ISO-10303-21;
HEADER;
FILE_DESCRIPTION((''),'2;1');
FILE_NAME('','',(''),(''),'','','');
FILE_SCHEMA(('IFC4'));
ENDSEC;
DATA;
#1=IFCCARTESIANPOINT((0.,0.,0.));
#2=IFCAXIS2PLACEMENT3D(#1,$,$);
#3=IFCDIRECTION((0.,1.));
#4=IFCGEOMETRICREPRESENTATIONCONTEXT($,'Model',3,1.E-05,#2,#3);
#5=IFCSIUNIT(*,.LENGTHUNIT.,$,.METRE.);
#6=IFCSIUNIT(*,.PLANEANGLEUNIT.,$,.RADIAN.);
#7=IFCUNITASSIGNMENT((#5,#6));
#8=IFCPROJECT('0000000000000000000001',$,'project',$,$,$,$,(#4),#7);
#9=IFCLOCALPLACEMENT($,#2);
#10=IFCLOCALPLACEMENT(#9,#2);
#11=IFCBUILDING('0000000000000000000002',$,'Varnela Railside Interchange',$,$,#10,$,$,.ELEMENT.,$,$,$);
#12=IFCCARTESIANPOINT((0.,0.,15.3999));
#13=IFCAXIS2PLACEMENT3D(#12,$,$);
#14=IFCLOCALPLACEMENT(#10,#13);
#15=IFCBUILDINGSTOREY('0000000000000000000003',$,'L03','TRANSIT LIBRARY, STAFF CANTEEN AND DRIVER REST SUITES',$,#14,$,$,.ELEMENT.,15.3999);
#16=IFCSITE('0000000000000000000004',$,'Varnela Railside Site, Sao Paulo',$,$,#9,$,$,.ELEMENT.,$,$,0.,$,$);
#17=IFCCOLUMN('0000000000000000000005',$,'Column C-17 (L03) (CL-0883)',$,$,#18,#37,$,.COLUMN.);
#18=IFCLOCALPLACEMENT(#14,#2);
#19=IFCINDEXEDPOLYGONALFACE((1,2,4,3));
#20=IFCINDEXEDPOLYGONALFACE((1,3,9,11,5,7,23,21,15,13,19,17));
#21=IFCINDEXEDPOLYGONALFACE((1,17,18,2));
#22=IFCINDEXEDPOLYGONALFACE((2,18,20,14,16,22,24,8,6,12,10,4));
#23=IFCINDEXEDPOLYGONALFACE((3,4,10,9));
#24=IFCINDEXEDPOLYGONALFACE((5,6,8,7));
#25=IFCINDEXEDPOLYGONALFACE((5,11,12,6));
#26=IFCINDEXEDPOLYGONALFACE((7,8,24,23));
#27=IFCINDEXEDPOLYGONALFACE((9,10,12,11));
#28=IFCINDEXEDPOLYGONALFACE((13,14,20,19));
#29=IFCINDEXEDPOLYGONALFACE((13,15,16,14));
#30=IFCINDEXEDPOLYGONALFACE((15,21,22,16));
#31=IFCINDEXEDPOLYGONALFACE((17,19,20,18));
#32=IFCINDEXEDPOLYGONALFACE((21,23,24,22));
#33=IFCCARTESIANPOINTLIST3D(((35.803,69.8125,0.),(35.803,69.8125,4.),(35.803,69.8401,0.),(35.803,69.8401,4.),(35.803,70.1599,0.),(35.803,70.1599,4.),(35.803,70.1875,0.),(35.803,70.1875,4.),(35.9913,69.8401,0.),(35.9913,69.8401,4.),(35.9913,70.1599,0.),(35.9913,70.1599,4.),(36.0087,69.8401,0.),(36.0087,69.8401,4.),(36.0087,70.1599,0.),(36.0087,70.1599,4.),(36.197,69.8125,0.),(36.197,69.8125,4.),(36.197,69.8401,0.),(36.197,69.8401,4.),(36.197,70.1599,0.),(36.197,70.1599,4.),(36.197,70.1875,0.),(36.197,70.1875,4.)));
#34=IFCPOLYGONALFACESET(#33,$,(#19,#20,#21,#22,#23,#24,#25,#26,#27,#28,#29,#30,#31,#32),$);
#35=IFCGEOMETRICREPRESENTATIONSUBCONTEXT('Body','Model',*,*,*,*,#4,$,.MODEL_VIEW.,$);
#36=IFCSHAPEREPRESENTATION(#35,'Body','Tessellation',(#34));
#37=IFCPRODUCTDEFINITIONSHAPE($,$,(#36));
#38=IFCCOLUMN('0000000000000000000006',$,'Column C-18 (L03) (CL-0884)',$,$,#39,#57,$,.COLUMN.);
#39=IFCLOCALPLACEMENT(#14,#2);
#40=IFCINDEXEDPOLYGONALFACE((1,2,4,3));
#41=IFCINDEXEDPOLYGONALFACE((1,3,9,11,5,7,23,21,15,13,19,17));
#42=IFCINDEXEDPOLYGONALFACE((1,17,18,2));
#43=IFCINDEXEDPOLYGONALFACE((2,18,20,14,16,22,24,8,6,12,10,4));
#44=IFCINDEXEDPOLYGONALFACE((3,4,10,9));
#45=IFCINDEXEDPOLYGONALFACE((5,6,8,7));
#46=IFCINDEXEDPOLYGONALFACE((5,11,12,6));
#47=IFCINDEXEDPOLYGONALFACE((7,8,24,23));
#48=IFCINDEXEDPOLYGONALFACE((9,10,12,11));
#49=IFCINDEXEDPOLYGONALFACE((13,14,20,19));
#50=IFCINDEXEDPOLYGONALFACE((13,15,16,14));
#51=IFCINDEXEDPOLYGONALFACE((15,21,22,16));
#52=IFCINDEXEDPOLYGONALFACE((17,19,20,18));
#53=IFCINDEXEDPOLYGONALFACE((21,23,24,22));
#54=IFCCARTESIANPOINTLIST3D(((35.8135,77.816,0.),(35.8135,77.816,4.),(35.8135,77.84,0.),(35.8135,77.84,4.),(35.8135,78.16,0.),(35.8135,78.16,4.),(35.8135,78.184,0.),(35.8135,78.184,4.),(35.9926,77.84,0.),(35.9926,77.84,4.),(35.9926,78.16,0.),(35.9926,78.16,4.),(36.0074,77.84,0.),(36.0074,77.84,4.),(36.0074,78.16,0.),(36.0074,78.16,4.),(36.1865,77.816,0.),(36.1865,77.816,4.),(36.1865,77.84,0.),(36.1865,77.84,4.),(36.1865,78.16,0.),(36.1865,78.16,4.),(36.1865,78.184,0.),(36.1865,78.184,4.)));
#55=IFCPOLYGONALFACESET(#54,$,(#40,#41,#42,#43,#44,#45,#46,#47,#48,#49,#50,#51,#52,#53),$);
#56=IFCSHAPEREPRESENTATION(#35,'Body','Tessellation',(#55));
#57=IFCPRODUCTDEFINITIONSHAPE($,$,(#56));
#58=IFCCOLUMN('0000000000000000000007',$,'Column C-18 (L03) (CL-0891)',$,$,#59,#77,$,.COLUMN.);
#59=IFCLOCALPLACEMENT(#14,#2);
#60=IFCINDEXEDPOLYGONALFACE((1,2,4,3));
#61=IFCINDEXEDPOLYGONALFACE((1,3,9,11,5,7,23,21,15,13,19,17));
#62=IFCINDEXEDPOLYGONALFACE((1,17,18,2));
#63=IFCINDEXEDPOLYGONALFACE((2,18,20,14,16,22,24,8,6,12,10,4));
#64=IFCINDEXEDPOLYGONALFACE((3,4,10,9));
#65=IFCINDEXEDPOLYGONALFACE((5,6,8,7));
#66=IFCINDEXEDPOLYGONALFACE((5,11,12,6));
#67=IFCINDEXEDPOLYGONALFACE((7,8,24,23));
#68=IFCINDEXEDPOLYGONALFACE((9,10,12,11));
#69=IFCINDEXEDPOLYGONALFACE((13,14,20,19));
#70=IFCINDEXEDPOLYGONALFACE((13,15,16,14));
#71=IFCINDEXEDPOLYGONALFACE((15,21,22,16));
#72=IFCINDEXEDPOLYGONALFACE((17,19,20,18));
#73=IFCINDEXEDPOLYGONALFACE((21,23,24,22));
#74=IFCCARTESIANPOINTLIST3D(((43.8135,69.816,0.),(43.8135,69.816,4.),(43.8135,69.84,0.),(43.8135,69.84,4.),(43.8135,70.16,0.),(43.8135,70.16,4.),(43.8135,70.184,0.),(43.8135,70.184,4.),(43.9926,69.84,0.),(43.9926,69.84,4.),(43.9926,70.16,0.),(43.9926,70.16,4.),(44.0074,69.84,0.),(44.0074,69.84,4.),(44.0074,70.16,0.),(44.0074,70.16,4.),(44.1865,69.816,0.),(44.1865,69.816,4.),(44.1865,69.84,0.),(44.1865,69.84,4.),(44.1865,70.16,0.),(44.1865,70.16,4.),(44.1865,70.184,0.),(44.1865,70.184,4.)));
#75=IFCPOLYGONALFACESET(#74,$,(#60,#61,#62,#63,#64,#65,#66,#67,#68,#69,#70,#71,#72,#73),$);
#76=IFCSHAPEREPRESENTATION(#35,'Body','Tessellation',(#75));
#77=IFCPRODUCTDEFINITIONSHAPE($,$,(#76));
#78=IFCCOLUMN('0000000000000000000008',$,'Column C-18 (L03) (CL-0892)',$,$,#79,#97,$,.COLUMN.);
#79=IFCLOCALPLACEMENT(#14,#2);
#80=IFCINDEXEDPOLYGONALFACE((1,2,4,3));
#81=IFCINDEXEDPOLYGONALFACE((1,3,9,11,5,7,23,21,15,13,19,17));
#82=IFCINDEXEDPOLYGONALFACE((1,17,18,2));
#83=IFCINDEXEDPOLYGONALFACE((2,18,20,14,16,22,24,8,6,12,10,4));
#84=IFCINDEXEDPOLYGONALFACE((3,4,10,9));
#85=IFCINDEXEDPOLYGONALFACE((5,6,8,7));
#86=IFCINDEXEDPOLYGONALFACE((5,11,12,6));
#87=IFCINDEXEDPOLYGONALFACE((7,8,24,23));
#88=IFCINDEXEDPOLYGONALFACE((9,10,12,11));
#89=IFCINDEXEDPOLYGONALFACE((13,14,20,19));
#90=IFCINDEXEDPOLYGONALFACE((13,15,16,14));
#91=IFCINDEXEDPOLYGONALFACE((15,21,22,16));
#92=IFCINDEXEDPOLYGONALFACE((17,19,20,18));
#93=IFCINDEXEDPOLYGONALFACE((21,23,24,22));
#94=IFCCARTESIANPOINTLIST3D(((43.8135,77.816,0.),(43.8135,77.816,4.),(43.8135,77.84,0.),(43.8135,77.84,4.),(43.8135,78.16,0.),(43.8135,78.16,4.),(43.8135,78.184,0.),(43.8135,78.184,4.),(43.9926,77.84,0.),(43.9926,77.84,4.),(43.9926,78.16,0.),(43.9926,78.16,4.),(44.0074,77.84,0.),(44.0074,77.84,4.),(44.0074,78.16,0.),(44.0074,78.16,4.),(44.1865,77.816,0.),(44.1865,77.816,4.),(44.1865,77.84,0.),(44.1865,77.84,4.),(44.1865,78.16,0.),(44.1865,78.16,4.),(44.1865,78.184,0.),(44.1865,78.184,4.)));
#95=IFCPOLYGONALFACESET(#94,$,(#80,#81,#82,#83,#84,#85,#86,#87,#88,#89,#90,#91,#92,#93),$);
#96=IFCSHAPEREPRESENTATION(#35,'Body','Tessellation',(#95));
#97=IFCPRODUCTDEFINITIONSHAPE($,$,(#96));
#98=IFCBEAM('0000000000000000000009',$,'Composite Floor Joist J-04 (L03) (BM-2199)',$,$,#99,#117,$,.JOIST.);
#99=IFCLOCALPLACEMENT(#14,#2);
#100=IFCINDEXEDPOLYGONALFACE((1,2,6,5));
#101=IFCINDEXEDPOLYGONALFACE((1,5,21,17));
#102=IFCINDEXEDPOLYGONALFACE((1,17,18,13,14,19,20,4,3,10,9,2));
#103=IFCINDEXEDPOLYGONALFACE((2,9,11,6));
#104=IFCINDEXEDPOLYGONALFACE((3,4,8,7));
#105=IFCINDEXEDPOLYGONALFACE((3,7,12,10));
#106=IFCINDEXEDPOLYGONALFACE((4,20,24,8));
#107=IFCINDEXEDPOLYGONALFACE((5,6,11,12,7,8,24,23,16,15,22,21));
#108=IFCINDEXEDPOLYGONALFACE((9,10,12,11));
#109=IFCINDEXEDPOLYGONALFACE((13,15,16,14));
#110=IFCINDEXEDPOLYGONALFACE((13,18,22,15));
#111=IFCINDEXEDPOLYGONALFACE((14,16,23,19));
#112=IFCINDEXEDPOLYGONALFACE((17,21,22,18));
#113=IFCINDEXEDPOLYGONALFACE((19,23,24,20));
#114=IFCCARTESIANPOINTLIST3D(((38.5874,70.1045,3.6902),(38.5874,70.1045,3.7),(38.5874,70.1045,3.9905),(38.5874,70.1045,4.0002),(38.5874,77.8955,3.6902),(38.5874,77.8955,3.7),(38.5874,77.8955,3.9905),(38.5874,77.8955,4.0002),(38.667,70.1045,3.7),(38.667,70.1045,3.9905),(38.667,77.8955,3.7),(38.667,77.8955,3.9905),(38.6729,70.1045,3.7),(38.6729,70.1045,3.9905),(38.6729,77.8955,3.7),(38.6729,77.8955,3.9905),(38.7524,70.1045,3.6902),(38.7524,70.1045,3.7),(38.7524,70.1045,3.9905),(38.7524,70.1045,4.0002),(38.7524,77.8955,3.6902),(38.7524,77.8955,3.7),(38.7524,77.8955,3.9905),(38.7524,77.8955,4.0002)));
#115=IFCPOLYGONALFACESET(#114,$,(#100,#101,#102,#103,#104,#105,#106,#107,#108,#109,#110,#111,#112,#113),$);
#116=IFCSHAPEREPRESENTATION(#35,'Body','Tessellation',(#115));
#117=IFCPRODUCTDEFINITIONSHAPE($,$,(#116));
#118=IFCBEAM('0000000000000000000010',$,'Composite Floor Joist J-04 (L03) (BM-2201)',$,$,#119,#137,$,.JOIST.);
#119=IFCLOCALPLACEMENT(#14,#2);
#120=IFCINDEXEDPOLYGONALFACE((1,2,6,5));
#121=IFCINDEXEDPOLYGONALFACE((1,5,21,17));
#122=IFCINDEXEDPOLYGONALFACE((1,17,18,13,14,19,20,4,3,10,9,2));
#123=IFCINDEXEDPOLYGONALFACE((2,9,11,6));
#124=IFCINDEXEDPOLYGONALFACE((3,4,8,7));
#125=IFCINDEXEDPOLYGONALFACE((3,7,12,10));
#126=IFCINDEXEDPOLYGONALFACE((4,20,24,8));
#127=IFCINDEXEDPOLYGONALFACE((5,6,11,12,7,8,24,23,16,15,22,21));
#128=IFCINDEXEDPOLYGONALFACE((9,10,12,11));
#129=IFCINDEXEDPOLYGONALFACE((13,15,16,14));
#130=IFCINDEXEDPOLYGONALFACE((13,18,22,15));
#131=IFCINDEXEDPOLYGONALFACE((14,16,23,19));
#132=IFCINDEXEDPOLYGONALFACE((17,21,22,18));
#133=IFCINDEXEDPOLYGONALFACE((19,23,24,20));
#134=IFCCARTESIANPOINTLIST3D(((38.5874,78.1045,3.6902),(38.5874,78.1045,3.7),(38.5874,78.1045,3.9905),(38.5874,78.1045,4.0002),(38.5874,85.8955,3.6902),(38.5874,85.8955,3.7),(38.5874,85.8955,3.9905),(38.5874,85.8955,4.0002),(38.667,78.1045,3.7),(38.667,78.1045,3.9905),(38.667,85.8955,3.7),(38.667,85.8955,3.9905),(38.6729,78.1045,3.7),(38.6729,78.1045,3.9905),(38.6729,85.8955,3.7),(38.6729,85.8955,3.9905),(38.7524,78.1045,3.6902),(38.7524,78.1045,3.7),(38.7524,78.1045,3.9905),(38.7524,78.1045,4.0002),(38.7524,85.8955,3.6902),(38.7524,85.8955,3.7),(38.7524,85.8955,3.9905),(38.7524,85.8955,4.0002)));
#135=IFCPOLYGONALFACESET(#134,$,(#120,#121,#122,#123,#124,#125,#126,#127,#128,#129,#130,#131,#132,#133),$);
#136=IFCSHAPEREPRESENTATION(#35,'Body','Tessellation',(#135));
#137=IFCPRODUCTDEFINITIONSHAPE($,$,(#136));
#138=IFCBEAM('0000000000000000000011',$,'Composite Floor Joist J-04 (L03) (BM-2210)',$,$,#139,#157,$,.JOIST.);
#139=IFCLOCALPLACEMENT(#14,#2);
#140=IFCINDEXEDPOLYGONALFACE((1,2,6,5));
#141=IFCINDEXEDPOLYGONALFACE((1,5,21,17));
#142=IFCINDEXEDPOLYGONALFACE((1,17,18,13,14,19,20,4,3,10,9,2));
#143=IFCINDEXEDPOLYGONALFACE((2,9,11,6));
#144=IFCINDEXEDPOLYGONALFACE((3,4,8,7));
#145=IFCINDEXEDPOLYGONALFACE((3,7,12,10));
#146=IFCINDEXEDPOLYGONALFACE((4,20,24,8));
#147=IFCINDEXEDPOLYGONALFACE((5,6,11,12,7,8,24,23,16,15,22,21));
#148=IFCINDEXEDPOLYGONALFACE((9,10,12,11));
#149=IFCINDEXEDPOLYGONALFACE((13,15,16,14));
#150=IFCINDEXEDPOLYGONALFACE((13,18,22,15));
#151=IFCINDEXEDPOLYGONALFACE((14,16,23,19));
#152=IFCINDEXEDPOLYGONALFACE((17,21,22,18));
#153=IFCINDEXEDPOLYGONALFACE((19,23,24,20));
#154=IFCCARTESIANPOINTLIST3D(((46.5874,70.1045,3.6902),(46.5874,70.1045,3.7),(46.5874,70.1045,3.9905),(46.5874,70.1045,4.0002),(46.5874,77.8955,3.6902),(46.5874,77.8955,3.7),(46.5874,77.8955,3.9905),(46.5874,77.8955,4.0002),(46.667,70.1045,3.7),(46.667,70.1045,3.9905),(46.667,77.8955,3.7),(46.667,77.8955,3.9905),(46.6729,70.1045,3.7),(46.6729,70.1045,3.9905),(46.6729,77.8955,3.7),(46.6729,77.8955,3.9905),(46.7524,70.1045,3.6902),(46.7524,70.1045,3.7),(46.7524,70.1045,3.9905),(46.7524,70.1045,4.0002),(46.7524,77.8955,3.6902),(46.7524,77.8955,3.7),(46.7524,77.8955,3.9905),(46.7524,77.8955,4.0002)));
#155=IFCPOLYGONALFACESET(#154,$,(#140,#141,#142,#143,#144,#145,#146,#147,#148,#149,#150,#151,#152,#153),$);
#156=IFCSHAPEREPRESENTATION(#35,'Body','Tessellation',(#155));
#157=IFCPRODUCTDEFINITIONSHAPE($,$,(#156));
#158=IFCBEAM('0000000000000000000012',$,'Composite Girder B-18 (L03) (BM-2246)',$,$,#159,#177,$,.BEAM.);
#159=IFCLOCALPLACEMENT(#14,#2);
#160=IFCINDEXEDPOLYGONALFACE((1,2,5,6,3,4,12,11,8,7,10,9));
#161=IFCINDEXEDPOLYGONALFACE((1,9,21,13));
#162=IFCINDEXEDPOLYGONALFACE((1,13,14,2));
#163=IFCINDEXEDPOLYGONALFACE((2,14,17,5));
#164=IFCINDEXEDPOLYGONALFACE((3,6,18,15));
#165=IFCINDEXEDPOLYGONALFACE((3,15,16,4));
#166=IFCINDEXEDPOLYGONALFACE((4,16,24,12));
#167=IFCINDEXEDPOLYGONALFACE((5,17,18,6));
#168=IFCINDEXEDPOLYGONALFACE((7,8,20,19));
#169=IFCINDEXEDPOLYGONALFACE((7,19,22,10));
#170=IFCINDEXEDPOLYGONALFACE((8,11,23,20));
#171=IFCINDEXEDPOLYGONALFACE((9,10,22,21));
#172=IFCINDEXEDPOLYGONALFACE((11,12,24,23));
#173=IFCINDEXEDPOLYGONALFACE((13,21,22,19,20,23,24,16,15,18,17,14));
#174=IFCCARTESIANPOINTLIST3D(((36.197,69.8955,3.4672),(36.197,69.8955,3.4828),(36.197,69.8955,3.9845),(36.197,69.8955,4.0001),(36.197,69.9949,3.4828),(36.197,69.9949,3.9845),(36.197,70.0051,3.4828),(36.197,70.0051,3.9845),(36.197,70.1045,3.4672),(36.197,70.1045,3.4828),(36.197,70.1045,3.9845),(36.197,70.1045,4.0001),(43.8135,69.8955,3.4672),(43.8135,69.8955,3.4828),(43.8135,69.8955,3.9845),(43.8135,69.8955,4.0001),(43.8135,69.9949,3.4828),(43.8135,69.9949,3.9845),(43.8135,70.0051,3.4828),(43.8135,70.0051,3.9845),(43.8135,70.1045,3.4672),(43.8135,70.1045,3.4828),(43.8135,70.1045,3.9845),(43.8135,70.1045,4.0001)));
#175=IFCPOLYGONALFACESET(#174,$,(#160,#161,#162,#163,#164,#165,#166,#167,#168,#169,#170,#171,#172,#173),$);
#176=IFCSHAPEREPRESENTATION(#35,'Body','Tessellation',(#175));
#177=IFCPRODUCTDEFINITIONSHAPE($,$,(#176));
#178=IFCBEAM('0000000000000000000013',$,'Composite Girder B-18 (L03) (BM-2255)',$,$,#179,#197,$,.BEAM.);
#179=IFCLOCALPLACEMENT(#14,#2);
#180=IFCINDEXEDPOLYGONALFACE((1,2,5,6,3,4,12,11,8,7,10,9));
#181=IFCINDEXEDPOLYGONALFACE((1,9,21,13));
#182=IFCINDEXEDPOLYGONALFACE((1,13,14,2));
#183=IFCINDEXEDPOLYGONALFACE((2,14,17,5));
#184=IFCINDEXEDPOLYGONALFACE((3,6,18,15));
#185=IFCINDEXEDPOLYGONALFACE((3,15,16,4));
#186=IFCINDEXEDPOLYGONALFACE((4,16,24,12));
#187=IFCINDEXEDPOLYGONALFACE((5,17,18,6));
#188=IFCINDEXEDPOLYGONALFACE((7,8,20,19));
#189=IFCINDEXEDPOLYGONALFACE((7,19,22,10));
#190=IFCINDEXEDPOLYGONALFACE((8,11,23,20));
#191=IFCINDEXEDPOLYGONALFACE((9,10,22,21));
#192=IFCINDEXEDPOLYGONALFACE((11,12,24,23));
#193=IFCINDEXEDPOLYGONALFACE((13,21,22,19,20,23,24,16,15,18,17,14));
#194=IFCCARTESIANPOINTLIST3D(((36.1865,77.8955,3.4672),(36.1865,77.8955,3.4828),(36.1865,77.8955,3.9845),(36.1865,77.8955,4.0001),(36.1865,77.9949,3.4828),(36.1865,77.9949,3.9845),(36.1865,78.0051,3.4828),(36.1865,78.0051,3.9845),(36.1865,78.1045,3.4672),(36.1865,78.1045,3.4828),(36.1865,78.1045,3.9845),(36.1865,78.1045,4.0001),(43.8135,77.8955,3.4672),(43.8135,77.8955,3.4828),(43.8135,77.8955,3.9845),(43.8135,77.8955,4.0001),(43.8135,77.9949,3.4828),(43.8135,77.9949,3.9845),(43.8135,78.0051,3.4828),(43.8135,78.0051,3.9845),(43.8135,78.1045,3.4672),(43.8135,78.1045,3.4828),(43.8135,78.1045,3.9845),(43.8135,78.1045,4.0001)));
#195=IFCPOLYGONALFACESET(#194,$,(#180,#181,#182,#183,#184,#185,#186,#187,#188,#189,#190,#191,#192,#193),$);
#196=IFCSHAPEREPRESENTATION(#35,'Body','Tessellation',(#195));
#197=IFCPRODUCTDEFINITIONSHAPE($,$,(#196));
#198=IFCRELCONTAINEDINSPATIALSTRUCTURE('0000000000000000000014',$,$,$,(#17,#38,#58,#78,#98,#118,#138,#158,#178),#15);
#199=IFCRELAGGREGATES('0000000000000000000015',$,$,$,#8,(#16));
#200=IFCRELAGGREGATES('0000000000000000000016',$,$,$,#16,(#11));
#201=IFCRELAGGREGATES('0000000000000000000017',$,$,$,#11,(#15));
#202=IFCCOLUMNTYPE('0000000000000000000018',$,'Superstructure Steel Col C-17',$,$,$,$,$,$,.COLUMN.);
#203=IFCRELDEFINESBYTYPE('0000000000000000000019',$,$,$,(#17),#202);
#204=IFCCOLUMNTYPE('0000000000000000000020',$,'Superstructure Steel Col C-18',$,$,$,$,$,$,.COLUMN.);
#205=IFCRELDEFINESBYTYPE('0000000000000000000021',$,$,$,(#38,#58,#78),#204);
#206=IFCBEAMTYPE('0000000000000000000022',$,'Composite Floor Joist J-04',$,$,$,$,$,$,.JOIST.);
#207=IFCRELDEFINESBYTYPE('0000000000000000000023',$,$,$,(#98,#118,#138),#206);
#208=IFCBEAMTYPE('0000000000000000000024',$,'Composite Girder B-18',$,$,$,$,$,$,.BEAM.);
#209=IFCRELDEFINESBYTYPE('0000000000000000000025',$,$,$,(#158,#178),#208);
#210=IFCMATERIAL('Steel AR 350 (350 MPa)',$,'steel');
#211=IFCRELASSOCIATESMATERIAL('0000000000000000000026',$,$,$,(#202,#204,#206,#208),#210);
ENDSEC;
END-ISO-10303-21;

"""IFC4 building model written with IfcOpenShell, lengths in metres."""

from ifc_helpers import new_model, si_unit, direction, frame, origin, origin_2d, place, context, subcontext, project, spatial, i_section, extrude, material, material_profile, profile_set, type_object, element, save


model = new_model("IFC4")

# Units and contexts
model_context = context("Model", 3, precision=1e-05, world=origin(), true_north=direction((0.0, 1.0)))
body_context = subcontext(model_context, "Body", "Model", "MODEL_VIEW")
ifc_project = project(units=[si_unit("LENGTHUNIT", "METRE"), si_unit("PLANEANGLEUNIT", "RADIAN")], contexts=[model_context])

# Site, building, storey
site_placement = place(None, origin())
site = spatial("IfcSite", under=ifc_project, at=site_placement, Name="Varnela Railside Site, Sao Paulo", CompositionType="ELEMENT", RefElevation=0.0)
building_placement = place(site_placement, origin())
building = spatial("IfcBuilding", under=site, at=building_placement, Name="Varnela Railside Interchange", CompositionType="ELEMENT")
storey_placement = place(building_placement, frame((0.0, 0.0, 15.3999)))
storey = spatial("IfcBuildingStorey", under=building, at=storey_placement, Name="L03", Description="TRANSIT LIBRARY, STAFF CANTEEN AND DRIVER REST SUITES", CompositionType="ELEMENT", Elevation=15.3999)

# Columns
ifc_material_1 = material(Name="Steel AR 350 (350 MPa)", Category="steel")
ifc_material_profile_1 = material_profile(ifc_material_1, i_section(OverallWidth=0.394, OverallDepth=0.375, WebThickness=0.0173, FlangeThickness=0.0276, at=origin_2d()), Name="W360x216")
ifc_profile_set_1 = profile_set([ifc_material_profile_1], Name="Steel AR 350 (350 MPa)")
column_type_1 = type_object("IfcColumnType", Name="Superstructure Steel Col C-17", PredefinedType="COLUMN", material=ifc_profile_set_1)
column_placement = place(storey_placement, frame((36.0, 70.0, 0.0), z_axis=(0.0, 0.0, 1.0), x_axis=(1.0, 0.0, 0.0)))
element("IfcColumn", 1, at=column_placement, inside=storey, type_object=column_type_1, Name="Column C-17 (L03) (CL-0883)", PredefinedType="COLUMN", context=body_context, shape_type="SweptSolid", body=[
    extrude(i_section(OverallWidth=0.394, OverallDepth=0.375, WebThickness=0.0173, FlangeThickness=0.0276, at=origin_2d()), origin(), (0.0, 0.0, 1.0), 4.0),
])
ifc_material_profile_2 = material_profile(ifc_material_1, i_section(OverallWidth=0.373, OverallDepth=0.3679, WebThickness=0.0149, FlangeThickness=0.0239, at=origin_2d()), Name="W360x179")
ifc_profile_set_2 = profile_set([ifc_material_profile_2], Name="Steel AR 350 (350 MPa)")
column_type_2 = type_object("IfcColumnType", Name="Superstructure Steel Col C-18", PredefinedType="COLUMN", material=ifc_profile_set_2)
for number, where, z_axis, x_axis, name in (
    (2, (36.0, 78.0, 0.0), (0.0, 0.0, 1.0), (1.0, 0.0, 0.0), "Column C-18 (L03) (CL-0884)"),
    (3, (44.0, 70.0, 0.0), (0.0, 0.0, 1.0), (1.0, 0.0, 0.0), "Column C-18 (L03) (CL-0891)"),
    (4, (44.0, 78.0, 0.0), (0.0, 0.0, 1.0), (1.0, 0.0, 0.0), "Column C-18 (L03) (CL-0892)"),
):
    element("IfcColumn", number, at=place(storey_placement, frame(where, z_axis=z_axis, x_axis=x_axis)), inside=storey, type_object=column_type_2, Name=name, PredefinedType="COLUMN", context=body_context, shape_type="SweptSolid", body=[
        extrude(i_section(OverallWidth=0.373, OverallDepth=0.3679, WebThickness=0.0149, FlangeThickness=0.0239, at=origin_2d()), origin(), (0.0, 0.0, 1.0), 4.0),
    ])

# Beams
ifc_material_profile_3 = material_profile(ifc_material_1, i_section(OverallWidth=0.165, OverallDepth=0.3101, WebThickness=0.0059, FlangeThickness=0.0098, at=origin_2d()), Name="W310x38.7")
ifc_profile_set_3 = profile_set([ifc_material_profile_3], Name="Steel AR 350 (350 MPa)")
beam_type_1 = type_object("IfcBeamType", Name="Composite Floor Joist J-04", PredefinedType="JOIST", material=ifc_profile_set_3)
for number, where, z_axis, x_axis, name in (
    (5, (38.6699, 70.1045, 3.8452), (0.0, 1.0, 0.0), (-1.0, 0.0, 0.0), "Composite Floor Joist J-04 (L03) (BM-2199)"),
    (6, (38.6699, 78.1045, 3.8452), (0.0, 1.0, 0.0), (-1.0, 0.0, 0.0), "Composite Floor Joist J-04 (L03) (BM-2201)"),
    (7, (46.6699, 70.1045, 3.8452), (0.0, 1.0, 0.0), (-1.0, 0.0, 0.0), "Composite Floor Joist J-04 (L03) (BM-2210)"),
):
    element("IfcBeam", number, at=place(storey_placement, frame(where, z_axis=z_axis, x_axis=x_axis)), inside=storey, type_object=beam_type_1, Name=name, PredefinedType="JOIST", context=body_context, shape_type="SweptSolid", body=[
        extrude(i_section(OverallWidth=0.165, OverallDepth=0.3101, WebThickness=0.0059, FlangeThickness=0.0098, at=origin_2d()), origin(), (0.0, 0.0, 1.0), 7.791),
    ])
ifc_material_profile_4 = material_profile(ifc_material_1, i_section(OverallWidth=0.209, OverallDepth=0.533, WebThickness=0.0103, FlangeThickness=0.0156, at=origin_2d()), Name="W530x92")
ifc_profile_set_4 = profile_set([ifc_material_profile_4], Name="Steel AR 350 (350 MPa)")
beam_type_2 = type_object("IfcBeamType", Name="Composite Girder B-18", PredefinedType="BEAM", material=ifc_profile_set_4)
beam_1_placement = place(storey_placement, frame((36.197, 70.0, 3.7336), z_axis=(1.0, 0.0, 0.0), x_axis=(0.0, 1.0, 0.0)))
element("IfcBeam", 8, at=beam_1_placement, inside=storey, type_object=beam_type_2, Name="Composite Girder B-18 (L03) (BM-2246)", PredefinedType="BEAM", context=body_context, shape_type="SweptSolid", body=[
    extrude(i_section(OverallWidth=0.209, OverallDepth=0.533, WebThickness=0.0103, FlangeThickness=0.0156, at=origin_2d()), origin(), (0.0, 0.0, 1.0), 7.6165),
])
beam_2_placement = place(storey_placement, frame((36.1865, 78.0, 3.7336), z_axis=(1.0, 0.0, 0.0), x_axis=(0.0, 1.0, 0.0)))
element("IfcBeam", 9, at=beam_2_placement, inside=storey, type_object=beam_type_2, Name="Composite Girder B-18 (L03) (BM-2255)", PredefinedType="BEAM", context=body_context, shape_type="SweptSolid", body=[
    extrude(i_section(OverallWidth=0.209, OverallDepth=0.533, WebThickness=0.0103, FlangeThickness=0.0156, at=origin_2d()), origin(), (0.0, 0.0, 1.0), 7.627),
])

save(model, "model.ifc")
